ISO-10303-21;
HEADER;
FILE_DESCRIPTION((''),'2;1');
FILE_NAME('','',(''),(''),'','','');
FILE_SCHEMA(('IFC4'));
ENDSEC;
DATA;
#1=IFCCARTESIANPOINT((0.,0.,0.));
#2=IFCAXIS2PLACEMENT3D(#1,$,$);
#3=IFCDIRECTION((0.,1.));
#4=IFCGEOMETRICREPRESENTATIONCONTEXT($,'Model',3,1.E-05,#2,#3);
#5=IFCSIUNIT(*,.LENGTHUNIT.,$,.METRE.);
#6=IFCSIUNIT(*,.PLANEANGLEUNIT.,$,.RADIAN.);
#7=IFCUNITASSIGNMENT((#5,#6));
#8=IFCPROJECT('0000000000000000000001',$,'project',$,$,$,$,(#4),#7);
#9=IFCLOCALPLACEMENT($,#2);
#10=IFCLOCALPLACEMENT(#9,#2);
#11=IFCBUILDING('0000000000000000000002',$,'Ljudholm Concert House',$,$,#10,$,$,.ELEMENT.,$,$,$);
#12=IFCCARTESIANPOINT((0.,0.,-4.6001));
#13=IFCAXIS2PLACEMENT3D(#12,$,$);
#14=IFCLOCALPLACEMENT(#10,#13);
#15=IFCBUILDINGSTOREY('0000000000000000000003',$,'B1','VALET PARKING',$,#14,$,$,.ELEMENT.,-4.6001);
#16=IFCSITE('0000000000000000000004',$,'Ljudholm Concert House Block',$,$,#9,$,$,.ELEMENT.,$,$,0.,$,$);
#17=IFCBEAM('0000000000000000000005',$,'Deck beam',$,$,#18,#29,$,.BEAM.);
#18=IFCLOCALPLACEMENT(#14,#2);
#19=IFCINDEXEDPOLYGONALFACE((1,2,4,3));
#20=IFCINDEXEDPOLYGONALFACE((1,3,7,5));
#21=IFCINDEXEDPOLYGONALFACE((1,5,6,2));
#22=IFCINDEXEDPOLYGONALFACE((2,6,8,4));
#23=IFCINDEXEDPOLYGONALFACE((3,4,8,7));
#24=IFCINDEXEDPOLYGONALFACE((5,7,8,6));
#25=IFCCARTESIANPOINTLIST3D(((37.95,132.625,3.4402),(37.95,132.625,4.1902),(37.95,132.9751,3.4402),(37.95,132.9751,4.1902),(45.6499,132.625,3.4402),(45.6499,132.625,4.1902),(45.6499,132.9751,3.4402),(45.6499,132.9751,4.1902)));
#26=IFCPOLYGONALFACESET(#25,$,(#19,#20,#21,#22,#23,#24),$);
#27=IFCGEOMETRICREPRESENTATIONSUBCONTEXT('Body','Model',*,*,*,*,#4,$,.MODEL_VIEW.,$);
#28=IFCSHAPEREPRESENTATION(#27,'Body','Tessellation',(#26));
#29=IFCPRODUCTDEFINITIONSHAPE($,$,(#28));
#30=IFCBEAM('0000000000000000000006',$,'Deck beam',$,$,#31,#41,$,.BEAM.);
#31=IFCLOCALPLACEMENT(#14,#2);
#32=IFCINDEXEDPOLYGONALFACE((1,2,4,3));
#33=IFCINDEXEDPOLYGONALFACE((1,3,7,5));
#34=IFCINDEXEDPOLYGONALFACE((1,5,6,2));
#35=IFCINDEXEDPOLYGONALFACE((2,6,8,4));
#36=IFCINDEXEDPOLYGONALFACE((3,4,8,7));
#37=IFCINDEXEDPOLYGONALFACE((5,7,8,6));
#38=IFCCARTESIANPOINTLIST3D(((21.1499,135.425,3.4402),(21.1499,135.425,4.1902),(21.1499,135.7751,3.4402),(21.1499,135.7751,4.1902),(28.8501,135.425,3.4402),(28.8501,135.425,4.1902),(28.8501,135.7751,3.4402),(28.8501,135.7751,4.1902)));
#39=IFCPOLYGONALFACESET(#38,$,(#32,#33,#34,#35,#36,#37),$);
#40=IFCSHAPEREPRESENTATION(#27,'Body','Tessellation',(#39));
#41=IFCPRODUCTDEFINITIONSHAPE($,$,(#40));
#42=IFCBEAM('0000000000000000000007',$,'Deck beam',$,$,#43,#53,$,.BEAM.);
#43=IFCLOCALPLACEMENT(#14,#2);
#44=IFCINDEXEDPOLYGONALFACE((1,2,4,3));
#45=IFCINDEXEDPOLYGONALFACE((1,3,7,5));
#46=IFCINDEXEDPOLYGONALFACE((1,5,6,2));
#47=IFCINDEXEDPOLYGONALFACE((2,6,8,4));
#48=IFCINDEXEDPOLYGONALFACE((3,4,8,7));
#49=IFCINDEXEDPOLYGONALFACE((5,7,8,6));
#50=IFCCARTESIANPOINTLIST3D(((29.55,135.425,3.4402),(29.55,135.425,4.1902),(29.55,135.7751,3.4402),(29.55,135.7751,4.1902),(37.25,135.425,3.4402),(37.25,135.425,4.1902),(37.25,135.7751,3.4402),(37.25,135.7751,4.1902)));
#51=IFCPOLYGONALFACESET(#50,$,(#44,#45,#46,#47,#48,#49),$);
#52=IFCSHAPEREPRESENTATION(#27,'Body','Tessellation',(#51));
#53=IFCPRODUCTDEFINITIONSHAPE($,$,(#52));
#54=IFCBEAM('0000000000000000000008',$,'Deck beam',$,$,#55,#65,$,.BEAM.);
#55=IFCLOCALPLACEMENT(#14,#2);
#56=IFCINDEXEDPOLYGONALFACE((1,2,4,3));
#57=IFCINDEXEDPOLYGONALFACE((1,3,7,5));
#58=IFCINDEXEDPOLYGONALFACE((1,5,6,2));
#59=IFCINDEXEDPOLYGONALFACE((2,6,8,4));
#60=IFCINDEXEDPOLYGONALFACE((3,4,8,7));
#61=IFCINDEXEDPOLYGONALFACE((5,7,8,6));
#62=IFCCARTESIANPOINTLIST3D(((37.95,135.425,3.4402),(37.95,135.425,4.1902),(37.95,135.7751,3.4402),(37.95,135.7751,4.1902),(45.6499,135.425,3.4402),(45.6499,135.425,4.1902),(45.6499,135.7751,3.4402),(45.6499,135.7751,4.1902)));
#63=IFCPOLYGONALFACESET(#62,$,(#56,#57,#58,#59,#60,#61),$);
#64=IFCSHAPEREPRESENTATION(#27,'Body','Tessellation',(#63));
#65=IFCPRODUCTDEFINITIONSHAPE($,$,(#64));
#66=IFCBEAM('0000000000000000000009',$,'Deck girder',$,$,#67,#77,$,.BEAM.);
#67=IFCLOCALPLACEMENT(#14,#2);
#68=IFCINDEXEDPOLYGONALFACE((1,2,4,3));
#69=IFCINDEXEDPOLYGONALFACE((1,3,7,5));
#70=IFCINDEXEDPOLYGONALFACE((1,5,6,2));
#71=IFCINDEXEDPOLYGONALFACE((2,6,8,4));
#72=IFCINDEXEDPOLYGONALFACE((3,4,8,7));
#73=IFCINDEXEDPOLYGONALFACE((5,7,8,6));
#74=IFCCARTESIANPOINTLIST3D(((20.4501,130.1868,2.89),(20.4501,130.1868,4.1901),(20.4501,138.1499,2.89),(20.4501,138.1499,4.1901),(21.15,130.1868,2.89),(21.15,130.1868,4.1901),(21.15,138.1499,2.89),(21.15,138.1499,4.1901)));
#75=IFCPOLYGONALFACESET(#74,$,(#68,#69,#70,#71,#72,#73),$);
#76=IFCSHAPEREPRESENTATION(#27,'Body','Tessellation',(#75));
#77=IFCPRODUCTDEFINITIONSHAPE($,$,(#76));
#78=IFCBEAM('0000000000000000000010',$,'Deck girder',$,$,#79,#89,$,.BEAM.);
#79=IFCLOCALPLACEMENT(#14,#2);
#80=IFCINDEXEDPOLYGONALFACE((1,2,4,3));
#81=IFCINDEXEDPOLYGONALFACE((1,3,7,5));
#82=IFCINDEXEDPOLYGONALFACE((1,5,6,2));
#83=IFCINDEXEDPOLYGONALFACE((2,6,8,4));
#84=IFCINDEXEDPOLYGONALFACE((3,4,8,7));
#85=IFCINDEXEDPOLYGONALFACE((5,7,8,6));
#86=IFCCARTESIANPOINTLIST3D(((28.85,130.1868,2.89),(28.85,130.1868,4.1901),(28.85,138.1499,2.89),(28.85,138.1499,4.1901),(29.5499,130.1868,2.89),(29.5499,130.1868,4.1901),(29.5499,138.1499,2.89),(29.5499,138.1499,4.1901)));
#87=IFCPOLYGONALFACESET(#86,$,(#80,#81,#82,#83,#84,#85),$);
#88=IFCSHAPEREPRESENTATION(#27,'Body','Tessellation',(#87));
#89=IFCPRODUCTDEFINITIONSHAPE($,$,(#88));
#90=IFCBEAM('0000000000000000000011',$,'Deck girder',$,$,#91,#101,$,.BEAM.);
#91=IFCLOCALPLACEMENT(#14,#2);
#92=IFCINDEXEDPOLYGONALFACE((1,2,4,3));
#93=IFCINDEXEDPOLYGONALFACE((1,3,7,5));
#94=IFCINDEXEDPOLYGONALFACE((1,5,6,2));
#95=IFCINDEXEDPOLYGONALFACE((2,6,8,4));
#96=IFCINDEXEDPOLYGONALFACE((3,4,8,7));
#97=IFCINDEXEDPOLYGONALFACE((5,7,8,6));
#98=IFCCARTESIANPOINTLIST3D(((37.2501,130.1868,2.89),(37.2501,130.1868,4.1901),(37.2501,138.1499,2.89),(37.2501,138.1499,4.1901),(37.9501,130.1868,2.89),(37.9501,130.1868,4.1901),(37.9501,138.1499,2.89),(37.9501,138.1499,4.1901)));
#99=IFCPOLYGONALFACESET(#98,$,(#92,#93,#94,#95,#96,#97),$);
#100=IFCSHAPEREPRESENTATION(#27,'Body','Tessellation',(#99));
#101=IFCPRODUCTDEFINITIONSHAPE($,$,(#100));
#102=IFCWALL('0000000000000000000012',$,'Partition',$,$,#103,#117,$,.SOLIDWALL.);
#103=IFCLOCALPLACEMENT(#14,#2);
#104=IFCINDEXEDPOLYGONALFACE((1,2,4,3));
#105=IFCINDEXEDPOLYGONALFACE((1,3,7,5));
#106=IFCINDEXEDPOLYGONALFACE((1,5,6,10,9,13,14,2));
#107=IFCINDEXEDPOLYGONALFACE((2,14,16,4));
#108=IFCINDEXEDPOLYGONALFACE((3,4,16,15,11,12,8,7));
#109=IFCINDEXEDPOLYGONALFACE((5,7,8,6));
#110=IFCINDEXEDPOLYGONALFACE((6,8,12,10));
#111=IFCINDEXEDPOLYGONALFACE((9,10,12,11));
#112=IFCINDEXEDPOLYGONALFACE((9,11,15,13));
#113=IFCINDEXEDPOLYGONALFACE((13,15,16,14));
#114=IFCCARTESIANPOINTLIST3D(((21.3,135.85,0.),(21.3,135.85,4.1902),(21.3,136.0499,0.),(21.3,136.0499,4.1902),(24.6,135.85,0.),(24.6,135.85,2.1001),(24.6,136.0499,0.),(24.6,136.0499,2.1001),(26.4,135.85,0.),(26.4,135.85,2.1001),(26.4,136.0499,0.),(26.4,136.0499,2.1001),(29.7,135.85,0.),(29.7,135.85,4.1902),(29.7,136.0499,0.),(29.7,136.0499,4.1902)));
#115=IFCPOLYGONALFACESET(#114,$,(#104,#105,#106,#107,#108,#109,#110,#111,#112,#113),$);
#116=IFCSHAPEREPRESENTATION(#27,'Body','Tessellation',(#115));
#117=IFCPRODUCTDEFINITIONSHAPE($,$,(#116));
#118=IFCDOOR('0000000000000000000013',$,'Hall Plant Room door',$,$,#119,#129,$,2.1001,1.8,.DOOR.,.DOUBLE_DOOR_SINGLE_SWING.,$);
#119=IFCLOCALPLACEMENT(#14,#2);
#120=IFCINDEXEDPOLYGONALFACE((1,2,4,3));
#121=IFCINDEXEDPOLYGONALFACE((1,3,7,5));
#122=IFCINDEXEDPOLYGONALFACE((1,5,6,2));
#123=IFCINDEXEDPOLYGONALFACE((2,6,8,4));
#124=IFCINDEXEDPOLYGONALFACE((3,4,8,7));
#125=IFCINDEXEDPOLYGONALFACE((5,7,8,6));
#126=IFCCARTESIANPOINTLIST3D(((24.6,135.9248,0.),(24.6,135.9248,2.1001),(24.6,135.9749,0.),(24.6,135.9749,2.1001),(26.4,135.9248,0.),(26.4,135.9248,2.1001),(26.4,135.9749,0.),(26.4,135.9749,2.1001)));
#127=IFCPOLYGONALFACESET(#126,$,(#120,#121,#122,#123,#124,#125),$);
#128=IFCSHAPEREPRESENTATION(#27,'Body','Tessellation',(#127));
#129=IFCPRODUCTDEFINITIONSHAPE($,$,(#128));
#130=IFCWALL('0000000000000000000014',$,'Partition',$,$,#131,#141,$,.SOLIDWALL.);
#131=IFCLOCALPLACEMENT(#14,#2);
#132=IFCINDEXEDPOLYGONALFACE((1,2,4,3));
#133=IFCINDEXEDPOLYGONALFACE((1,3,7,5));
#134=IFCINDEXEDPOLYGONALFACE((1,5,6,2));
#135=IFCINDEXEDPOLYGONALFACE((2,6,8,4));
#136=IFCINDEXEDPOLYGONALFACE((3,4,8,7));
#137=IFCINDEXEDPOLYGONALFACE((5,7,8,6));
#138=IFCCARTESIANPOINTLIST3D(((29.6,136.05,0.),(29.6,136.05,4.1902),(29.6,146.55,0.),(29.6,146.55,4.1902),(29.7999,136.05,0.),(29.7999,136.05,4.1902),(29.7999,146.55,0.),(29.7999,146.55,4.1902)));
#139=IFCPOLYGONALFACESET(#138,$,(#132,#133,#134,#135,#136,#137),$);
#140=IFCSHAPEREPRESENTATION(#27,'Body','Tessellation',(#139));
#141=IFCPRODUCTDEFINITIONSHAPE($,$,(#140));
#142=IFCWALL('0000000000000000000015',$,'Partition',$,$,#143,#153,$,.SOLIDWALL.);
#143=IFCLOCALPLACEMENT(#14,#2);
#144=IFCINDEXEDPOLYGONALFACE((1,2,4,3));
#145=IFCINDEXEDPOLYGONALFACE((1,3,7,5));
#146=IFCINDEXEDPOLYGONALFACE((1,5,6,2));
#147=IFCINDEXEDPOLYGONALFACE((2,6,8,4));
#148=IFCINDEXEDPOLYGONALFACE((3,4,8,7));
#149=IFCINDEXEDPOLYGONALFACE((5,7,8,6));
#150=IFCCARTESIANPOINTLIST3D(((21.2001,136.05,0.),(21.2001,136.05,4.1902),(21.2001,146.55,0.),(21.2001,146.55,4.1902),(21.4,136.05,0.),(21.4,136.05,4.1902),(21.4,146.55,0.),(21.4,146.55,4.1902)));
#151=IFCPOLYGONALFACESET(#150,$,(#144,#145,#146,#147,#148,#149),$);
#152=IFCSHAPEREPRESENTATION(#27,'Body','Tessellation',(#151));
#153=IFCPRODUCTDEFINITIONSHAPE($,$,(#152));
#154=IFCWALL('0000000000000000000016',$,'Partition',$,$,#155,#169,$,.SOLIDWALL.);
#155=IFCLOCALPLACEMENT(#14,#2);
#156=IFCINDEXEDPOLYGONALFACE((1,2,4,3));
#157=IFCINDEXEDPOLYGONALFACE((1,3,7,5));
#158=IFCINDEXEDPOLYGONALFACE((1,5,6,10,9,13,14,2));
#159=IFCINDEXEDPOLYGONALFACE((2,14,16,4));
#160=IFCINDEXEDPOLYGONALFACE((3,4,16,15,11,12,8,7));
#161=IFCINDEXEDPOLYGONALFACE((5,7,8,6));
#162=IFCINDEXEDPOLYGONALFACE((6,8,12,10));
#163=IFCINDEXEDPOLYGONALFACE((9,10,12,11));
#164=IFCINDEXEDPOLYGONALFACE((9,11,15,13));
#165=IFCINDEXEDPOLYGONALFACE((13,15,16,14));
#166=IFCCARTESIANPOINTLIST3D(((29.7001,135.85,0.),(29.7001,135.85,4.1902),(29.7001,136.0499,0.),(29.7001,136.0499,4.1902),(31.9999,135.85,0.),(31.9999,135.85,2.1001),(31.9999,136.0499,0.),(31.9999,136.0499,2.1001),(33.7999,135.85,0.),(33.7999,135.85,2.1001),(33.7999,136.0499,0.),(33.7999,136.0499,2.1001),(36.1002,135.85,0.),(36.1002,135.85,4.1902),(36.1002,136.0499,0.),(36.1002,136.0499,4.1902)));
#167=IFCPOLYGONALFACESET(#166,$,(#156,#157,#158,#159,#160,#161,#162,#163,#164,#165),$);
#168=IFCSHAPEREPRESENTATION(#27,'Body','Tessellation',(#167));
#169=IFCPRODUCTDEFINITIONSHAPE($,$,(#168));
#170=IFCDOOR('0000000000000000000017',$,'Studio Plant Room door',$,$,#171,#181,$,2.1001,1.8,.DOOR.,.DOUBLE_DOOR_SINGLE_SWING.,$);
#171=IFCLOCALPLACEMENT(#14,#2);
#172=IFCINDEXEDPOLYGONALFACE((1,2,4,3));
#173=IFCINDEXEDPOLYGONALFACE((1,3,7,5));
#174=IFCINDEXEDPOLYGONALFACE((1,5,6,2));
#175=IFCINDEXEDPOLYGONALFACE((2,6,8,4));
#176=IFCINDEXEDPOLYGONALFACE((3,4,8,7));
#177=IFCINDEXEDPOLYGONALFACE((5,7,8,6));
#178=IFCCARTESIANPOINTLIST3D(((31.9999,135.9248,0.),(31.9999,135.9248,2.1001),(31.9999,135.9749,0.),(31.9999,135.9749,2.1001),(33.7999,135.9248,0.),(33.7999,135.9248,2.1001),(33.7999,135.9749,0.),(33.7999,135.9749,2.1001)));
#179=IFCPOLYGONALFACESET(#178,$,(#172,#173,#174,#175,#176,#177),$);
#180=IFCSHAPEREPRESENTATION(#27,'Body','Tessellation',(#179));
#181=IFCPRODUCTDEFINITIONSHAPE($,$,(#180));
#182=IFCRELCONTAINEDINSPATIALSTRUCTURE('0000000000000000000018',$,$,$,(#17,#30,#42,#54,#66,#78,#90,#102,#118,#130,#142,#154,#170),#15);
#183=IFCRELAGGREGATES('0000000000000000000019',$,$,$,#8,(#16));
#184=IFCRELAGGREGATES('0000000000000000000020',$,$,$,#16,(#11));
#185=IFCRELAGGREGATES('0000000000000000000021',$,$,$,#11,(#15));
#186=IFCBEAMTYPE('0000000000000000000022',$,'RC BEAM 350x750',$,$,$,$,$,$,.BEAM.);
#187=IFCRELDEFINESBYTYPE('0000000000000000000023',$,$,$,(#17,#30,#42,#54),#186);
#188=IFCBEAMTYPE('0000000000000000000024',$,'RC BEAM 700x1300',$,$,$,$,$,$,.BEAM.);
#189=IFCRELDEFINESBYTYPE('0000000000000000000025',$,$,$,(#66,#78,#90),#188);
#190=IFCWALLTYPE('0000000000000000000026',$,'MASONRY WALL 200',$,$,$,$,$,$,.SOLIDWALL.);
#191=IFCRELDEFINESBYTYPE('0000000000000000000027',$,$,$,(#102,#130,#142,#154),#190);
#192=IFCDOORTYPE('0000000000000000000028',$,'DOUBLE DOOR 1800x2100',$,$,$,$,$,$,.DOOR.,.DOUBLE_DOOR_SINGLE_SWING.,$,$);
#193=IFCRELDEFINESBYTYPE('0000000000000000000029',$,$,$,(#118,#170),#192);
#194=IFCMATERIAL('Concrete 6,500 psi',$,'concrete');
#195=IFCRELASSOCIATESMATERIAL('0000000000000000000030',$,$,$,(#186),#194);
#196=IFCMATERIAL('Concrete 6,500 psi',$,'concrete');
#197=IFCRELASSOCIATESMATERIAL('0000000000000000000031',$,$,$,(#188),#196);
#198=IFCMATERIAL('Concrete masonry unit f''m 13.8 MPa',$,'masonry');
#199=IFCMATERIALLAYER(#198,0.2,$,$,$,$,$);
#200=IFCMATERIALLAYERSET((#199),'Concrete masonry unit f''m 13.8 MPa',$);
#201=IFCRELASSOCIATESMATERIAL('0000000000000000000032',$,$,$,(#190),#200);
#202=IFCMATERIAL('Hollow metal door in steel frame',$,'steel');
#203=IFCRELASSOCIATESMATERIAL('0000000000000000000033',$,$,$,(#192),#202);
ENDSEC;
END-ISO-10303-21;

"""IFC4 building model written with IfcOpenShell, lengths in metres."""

from ifc_helpers import new_model, si_unit, direction, frame, frame_2d, origin, origin_2d, place, context, subcontext, project, spatial, rectangle, extrude, material, layer, layer_set, material_profile, profile_set, type_object, element, fill, save


model = new_model("IFC4")

# Units and contexts
model_context = context("Model", 3, precision=1e-05, world=origin(), true_north=direction((0.0, 1.0)))
body_context = subcontext(model_context, "Body", "Model", "MODEL_VIEW")
ifc_project = project(units=[si_unit("LENGTHUNIT", "METRE"), si_unit("PLANEANGLEUNIT", "RADIAN")], contexts=[model_context])

# Site, building, storey
site_placement = place(None, origin())
site = spatial("IfcSite", under=ifc_project, at=site_placement, Name="Ljudholm Concert House Block", CompositionType="ELEMENT", RefElevation=0.0)
building_placement = place(site_placement, origin())
building = spatial("IfcBuilding", under=site, at=building_placement, Name="Ljudholm Concert House", CompositionType="ELEMENT")
storey_placement = place(building_placement, frame((0.0, 0.0, -4.6001)))
storey = spatial("IfcBuildingStorey", under=building, at=storey_placement, Name="B1", Description="VALET PARKING", CompositionType="ELEMENT", Elevation=-4.6001)

# Beams
ifc_material_1 = material(Name="Concrete 6,500 psi", Category="concrete")
ifc_material_profile_1 = material_profile(ifc_material_1, rectangle(XDim=0.3501, YDim=0.75, at=origin_2d()), Name="RC BEAM 350x750")
ifc_profile_set_1 = profile_set([ifc_material_profile_1], Name="Concrete 6,500 psi")
beam_type_1 = type_object("IfcBeamType", Name="RC BEAM 350x750", PredefinedType="BEAM", material=ifc_profile_set_1)
for number, where, z_axis, x_axis, name in (
    (1, (37.95, 132.8, 3.8152), (1.0, 0.0, 0.0), (0.0, 1.0, 0.0), "Deck beam"),
):
    element("IfcBeam", number, at=place(storey_placement, frame(where, z_axis=z_axis, x_axis=x_axis)), inside=storey, type_object=beam_type_1, Name=name, PredefinedType="BEAM", context=body_context, shape_type="SweptSolid", body=[
        extrude(rectangle(XDim=0.3501, YDim=0.75, at=origin_2d()), origin(), (0.0, 0.0, 1.0), 7.7),
    ])
beam_1_placement = place(storey_placement, frame((21.1499, 135.6001, 3.8152), z_axis=(1.0, 0.0, 0.0), x_axis=(0.0, 1.0, 0.0)))
element("IfcBeam", 2, at=beam_1_placement, inside=storey, type_object=beam_type_1, Name="Deck beam", PredefinedType="BEAM", context=body_context, shape_type="SweptSolid", body=[
    extrude(rectangle(XDim=0.3501, YDim=0.75, at=origin_2d()), origin(), (0.0, 0.0, 1.0), 7.7002),
])
for number, where, z_axis, x_axis, name in (
    (3, (29.55, 135.6001, 3.8152), (1.0, 0.0, 0.0), (0.0, 1.0, 0.0), "Deck beam"),
    (4, (37.95, 135.6001, 3.8152), (1.0, 0.0, 0.0), (0.0, 1.0, 0.0), "Deck beam"),
):
    element("IfcBeam", number, at=place(storey_placement, frame(where, z_axis=z_axis, x_axis=x_axis)), inside=storey, type_object=beam_type_1, Name=name, PredefinedType="BEAM", context=body_context, shape_type="SweptSolid", body=[
        extrude(rectangle(XDim=0.3501, YDim=0.75, at=origin_2d()), origin(), (0.0, 0.0, 1.0), 7.7),
    ])
ifc_material_2 = material(Name="Concrete 6,500 psi", Category="concrete")
ifc_material_profile_2 = material_profile(ifc_material_2, rectangle(XDim=0.7, YDim=1.3, at=origin_2d()), Name="RC BEAM 700x1300")
ifc_profile_set_2 = profile_set([ifc_material_profile_2], Name="Concrete 6,500 psi")
beam_type_2 = type_object("IfcBeamType", Name="RC BEAM 700x1300", PredefinedType="BEAM", material=ifc_profile_set_2)
for number, where, z_axis, x_axis, name in (
    (5, (20.8, 130.1868, 3.54), (0.0, 1.0, 0.0), (-1.0, 0.0, 0.0), "Deck girder"),
    (6, (29.2, 130.1868, 3.54), (0.0, 1.0, 0.0), (-1.0, 0.0, 0.0), "Deck girder"),
    (7, (37.6001, 130.1868, 3.54), (0.0, 1.0, 0.0), (-1.0, 0.0, 0.0), "Deck girder"),
):
    element("IfcBeam", number, at=place(storey_placement, frame(where, z_axis=z_axis, x_axis=x_axis)), inside=storey, type_object=beam_type_2, Name=name, PredefinedType="BEAM", context=body_context, shape_type="SweptSolid", body=[
        extrude(rectangle(XDim=0.7, YDim=1.3, at=origin_2d()), origin(), (0.0, 0.0, 1.0), 7.9631),
    ])

# Wall, opening, door
ifc_material_3 = material(Name="Concrete masonry unit f'm 13.8 MPa", Category="masonry")
ifc_layer_1 = layer(ifc_material_3, 0.2)
ifc_layer_set_1 = layer_set([ifc_layer_1], Name="Concrete masonry unit f'm 13.8 MPa")
wall_type_1 = type_object("IfcWallType", Name="MASONRY WALL 200", PredefinedType="SOLIDWALL", material=ifc_layer_set_1)
wall_1_placement = place(storey_placement, frame((21.3, 135.95, 0.0), z_axis=(0.0, 0.0, 1.0), x_axis=(1.0, 0.0, 0.0)))
wall_1 = element("IfcWall", 8, at=wall_1_placement, inside=storey, type_object=wall_type_1, Name="Partition", PredefinedType="SOLIDWALL", context=body_context, shape_type="SweptSolid", body=[
    extrude(rectangle(XDim=8.3999, YDim=0.2, at=frame_2d((4.2, 0.0))), origin(), (0.0, 0.0, 1.0), 4.1902),
])
opening_1_placement = place(wall_1_placement, frame((3.3, 0.0, 0.0)))
opening_1 = element("IfcOpeningElement", 9, at=opening_1_placement, cuts=wall_1, PredefinedType="OPENING", context=body_context, shape_type="SweptSolid", body=[
    extrude(rectangle(XDim=1.8, YDim=2.1001, at=frame_2d((0.8999, 1.05))), frame((0.0, 0.1099, 0.0), z_axis=(0.0, -1.0, 0.0), x_axis=(1.0, 0.0, 0.0)), (0.0, 0.0, 1.0), 0.22),
])
ifc_material_4 = material(Name="Hollow metal door in steel frame", Category="steel")
door_type = type_object("IfcDoorType", Name="DOUBLE DOOR 1800x2100", OperationType="DOUBLE_DOOR_SINGLE_SWING", PredefinedType="DOOR", material=ifc_material_4)
door_1_placement = place(opening_1_placement, origin())
door_1 = element("IfcDoor", 10, at=door_1_placement, inside=storey, type_object=door_type, Name="Hall Plant Room door", OperationType="DOUBLE_DOOR_SINGLE_SWING", OverallHeight=2.1001, OverallWidth=1.8, PredefinedType="DOOR", context=body_context, shape_type="SweptSolid", body=[
    extrude(rectangle(XDim=1.8, YDim=2.1001, at=frame_2d((0.8999, 1.05))), frame((0.0, 0.0249, 0.0), z_axis=(0.0, -1.0, 0.0), x_axis=(1.0, 0.0, 0.0)), (0.0, 0.0, 1.0), 0.05),
])
fill(opening_1, door_1)

# Walls
for number, where, z_axis, x_axis, name in (
    (11, (29.7, 136.05, 0.0), (0.0, 0.0, 1.0), (0.0, 1.0, 0.0), "Partition"),
    (12, (21.3, 136.05, 0.0), (0.0, 0.0, 1.0), (0.0, 1.0, 0.0), "Partition"),
):
    element("IfcWall", number, at=place(storey_placement, frame(where, z_axis=z_axis, x_axis=x_axis)), inside=storey, type_object=wall_type_1, Name=name, PredefinedType="SOLIDWALL", context=body_context, shape_type="SweptSolid", body=[
        extrude(rectangle(XDim=10.5, YDim=0.2, at=frame_2d((5.25, 0.0))), origin(), (0.0, 0.0, 1.0), 4.1902),
    ])

# Wall, opening, door
wall_2_placement = place(storey_placement, frame((29.7, 135.95, 0.0), z_axis=(0.0, 0.0, 1.0), x_axis=(1.0, 0.0, 0.0)))
wall_2 = element("IfcWall", 13, at=wall_2_placement, inside=storey, type_object=wall_type_1, Name="Partition", PredefinedType="SOLIDWALL", context=body_context, shape_type="SweptSolid", body=[
    extrude(rectangle(XDim=6.4001, YDim=0.2, at=frame_2d((3.2002, 0.0))), origin(), (0.0, 0.0, 1.0), 4.1902),
])
opening_2_placement = place(wall_2_placement, frame((2.3, 0.0, 0.0)))
opening_2 = element("IfcOpeningElement", 14, at=opening_2_placement, cuts=wall_2, PredefinedType="OPENING", context=body_context, shape_type="SweptSolid", body=[
    extrude(rectangle(XDim=1.8, YDim=2.1001, at=frame_2d((0.8999, 1.05))), frame((0.0, 0.1099, 0.0), z_axis=(0.0, -1.0, 0.0), x_axis=(1.0, 0.0, 0.0)), (0.0, 0.0, 1.0), 0.22),
])
door_2_placement = place(opening_2_placement, origin())
door_2 = element("IfcDoor", 15, at=door_2_placement, inside=storey, type_object=door_type, Name="Studio Plant Room door", OperationType="DOUBLE_DOOR_SINGLE_SWING", OverallHeight=2.1001, OverallWidth=1.8, PredefinedType="DOOR", context=body_context, shape_type="SweptSolid", body=[
    extrude(rectangle(XDim=1.8, YDim=2.1001, at=frame_2d((0.8999, 1.05))), frame((0.0, 0.0249, 0.0), z_axis=(0.0, -1.0, 0.0), x_axis=(1.0, 0.0, 0.0)), (0.0, 0.0, 1.0), 0.05),
])
fill(opening_2, door_2)

save(model, "model.ifc")
